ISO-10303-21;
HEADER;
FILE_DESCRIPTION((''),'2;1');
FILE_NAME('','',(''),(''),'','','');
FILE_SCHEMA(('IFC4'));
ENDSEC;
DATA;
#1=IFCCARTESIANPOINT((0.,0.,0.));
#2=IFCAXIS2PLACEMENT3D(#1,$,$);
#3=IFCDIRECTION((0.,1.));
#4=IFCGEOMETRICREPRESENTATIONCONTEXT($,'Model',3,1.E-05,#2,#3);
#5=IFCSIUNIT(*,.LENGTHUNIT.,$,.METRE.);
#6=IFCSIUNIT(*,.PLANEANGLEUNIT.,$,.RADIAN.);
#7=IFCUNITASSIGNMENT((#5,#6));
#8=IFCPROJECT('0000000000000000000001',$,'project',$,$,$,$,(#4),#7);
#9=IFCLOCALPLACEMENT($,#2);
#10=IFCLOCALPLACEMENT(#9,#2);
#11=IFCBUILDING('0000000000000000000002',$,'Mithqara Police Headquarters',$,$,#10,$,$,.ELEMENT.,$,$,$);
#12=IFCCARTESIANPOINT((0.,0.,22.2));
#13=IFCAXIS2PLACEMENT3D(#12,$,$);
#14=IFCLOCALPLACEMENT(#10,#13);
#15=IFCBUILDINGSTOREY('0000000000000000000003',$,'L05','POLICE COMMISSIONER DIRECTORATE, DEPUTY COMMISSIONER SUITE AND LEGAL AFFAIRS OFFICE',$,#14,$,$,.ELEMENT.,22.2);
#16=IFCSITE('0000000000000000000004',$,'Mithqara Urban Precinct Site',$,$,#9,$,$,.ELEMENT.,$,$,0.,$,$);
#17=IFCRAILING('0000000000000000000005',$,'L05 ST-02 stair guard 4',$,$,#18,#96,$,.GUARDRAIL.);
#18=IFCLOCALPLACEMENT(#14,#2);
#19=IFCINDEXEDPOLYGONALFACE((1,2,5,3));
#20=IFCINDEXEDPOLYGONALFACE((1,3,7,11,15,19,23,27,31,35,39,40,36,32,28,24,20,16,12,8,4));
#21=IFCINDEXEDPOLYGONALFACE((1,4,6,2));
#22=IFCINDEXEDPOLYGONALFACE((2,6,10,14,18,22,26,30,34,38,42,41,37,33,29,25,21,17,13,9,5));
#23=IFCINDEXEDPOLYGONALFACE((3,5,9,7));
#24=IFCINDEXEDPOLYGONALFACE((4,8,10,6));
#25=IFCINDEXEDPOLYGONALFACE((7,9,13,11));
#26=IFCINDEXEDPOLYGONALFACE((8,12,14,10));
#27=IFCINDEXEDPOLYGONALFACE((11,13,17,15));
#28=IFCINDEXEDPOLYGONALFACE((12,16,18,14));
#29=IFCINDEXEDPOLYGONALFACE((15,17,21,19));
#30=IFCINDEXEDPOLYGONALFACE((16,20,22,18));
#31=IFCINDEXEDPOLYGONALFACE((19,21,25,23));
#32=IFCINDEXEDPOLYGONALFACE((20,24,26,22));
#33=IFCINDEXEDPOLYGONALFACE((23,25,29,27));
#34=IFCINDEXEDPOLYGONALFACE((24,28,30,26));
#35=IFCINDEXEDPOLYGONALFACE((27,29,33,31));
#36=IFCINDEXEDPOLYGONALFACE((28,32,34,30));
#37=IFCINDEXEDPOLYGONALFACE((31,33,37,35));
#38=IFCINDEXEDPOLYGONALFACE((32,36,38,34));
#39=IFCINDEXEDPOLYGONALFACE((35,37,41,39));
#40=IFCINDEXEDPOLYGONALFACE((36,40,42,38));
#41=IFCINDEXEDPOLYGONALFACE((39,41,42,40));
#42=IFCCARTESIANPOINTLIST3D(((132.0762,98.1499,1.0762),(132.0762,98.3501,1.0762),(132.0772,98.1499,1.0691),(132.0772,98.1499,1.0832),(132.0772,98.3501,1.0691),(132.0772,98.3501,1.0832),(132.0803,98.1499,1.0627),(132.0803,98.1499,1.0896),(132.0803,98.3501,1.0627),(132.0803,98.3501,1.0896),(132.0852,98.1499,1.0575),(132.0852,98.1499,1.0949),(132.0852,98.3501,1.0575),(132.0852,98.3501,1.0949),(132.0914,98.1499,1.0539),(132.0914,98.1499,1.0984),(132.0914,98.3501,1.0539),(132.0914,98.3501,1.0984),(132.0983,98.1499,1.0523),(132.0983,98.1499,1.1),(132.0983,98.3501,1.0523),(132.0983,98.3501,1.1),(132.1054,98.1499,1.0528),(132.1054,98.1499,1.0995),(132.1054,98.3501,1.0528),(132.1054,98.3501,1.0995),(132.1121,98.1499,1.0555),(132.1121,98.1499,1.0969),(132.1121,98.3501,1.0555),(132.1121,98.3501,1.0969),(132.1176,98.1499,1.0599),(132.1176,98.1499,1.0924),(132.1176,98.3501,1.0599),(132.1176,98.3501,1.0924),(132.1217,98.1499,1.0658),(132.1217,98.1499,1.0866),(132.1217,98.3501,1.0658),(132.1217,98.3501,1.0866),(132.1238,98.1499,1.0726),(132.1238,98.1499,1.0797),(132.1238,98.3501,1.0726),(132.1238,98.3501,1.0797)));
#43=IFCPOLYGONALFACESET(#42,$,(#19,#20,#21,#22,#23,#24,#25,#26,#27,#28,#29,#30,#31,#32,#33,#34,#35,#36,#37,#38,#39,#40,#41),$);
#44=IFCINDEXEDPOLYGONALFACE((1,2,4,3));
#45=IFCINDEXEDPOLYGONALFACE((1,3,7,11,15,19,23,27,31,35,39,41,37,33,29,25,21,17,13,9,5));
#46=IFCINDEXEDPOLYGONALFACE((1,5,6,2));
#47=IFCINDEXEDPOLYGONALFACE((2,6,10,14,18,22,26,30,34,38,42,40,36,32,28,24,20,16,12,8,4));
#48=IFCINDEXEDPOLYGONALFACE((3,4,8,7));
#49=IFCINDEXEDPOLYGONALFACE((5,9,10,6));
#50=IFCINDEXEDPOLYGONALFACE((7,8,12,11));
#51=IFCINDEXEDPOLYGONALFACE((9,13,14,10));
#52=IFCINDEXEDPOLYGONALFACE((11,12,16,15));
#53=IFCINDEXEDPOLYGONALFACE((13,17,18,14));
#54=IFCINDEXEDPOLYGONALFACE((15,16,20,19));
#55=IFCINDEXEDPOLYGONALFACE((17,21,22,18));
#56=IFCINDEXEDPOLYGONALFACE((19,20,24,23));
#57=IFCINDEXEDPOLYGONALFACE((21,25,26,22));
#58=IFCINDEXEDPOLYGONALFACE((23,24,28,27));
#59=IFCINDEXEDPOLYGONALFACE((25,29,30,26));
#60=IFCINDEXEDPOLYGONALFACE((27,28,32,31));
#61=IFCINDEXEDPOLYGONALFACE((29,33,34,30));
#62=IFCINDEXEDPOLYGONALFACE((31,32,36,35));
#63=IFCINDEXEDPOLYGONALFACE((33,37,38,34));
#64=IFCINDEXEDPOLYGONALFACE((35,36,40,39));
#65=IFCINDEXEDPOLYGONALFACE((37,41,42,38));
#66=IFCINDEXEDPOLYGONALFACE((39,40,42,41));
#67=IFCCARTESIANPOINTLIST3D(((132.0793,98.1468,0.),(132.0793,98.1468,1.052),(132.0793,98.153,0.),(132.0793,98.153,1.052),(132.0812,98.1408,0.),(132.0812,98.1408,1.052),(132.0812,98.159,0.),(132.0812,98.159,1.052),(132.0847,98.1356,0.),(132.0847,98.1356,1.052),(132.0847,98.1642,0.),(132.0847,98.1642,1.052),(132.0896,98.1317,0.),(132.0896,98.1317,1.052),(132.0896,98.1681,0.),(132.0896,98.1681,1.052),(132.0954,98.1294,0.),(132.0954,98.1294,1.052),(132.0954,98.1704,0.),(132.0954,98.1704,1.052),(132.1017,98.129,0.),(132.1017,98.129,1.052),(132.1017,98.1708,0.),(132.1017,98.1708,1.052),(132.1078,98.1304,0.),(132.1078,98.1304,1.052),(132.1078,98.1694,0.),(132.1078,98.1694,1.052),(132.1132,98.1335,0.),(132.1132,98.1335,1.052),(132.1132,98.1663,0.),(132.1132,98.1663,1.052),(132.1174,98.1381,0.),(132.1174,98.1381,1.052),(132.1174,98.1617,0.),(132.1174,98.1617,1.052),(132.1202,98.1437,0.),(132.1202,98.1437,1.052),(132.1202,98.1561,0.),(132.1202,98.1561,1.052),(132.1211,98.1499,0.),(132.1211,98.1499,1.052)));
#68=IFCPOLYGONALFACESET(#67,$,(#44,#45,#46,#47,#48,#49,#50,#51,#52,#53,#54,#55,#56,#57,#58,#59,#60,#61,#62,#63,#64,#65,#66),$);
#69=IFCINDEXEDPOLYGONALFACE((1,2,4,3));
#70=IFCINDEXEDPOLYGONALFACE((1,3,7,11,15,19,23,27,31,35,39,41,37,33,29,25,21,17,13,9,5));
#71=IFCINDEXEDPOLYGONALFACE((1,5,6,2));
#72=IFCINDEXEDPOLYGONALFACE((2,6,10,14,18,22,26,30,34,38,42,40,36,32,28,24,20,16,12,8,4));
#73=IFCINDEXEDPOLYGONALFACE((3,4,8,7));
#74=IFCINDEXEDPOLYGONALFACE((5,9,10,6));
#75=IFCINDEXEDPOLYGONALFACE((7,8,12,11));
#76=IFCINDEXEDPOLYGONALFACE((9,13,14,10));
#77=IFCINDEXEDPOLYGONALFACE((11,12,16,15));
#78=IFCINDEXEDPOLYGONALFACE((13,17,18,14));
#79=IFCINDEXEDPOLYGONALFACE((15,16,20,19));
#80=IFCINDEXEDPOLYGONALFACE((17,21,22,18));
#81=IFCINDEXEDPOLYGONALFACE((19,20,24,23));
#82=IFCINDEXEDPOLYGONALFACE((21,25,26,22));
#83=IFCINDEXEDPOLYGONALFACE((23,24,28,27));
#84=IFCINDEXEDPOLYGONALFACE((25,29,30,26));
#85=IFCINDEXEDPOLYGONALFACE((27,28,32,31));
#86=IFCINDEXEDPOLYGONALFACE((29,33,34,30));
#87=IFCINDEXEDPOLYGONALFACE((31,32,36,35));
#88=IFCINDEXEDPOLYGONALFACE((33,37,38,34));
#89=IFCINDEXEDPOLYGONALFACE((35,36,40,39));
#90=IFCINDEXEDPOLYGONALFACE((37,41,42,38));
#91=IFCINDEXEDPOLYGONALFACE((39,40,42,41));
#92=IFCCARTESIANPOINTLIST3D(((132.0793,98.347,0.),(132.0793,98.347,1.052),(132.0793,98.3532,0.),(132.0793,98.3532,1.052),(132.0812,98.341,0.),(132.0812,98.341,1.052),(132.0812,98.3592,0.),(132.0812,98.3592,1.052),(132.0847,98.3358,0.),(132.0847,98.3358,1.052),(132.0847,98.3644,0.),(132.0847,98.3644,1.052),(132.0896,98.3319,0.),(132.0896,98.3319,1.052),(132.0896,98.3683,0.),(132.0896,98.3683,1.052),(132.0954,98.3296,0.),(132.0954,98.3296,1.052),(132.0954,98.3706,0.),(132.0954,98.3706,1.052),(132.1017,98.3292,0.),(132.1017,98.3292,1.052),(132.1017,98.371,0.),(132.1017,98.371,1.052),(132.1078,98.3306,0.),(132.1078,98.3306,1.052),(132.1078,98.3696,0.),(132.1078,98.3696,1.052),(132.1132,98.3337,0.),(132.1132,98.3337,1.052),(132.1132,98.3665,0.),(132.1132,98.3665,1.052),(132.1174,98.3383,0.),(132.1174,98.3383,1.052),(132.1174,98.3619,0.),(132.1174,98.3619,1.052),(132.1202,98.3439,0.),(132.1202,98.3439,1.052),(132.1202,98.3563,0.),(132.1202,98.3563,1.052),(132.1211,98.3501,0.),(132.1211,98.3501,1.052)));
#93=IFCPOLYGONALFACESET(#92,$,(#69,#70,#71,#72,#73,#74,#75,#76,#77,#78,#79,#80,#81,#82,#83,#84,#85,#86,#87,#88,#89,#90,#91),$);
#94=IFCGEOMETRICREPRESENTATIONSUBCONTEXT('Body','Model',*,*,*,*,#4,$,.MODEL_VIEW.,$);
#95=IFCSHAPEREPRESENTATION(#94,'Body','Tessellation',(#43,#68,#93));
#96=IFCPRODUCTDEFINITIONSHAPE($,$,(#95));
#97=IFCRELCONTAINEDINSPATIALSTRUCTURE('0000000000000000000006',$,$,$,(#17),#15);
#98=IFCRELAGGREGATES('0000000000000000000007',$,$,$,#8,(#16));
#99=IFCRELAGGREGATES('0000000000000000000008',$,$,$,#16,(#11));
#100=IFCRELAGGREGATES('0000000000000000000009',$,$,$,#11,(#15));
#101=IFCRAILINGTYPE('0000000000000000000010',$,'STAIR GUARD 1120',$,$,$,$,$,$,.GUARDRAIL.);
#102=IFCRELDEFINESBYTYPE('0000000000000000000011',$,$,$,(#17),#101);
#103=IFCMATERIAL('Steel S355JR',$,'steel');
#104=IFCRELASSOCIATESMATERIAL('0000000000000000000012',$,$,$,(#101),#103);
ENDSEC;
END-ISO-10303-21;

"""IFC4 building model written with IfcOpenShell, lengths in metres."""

from ifc_helpers import new_model, si_unit, direction, frame, origin, origin_2d, place, context, subcontext, project, spatial, circle, extrude, material, type_object, element, save


model = new_model("IFC4")

# Units and contexts
model_context = context("Model", 3, precision=1e-05, world=origin(), true_north=direction((0.0, 1.0)))
body_context = subcontext(model_context, "Body", "Model", "MODEL_VIEW")
ifc_project = project(units=[si_unit("LENGTHUNIT", "METRE"), si_unit("PLANEANGLEUNIT", "RADIAN")], contexts=[model_context])

# Site, building, storey
site_placement = place(None, origin())
site = spatial("IfcSite", under=ifc_project, at=site_placement, Name="Mithqara Urban Precinct Site", CompositionType="ELEMENT", RefElevation=0.0)
building_placement = place(site_placement, origin())
building = spatial("IfcBuilding", under=site, at=building_placement, Name="Mithqara Police Headquarters", CompositionType="ELEMENT")
storey_placement = place(building_placement, frame((0.0, 0.0, 22.2)))
storey = spatial("IfcBuildingStorey", under=building, at=storey_placement, Name="L05", Description="POLICE COMMISSIONER DIRECTORATE, DEPUTY COMMISSIONER SUITE AND LEGAL AFFAIRS OFFICE", CompositionType="ELEMENT", Elevation=22.2)

# Shared definitions
ifc_material_1 = material(Name="Steel S355JR", Category="steel")

# Railing
railing_type_1 = type_object("IfcRailingType", Name="STAIR GUARD 1120", PredefinedType="GUARDRAIL", material=ifc_material_1)
railing_1_placement = place(storey_placement, frame((132.1001, 98.1499, 0.0)))
element("IfcRailing", 1, at=railing_1_placement, inside=storey, type_object=railing_type_1, Name="L05 ST-02 stair guard 4", PredefinedType="GUARDRAIL", context=body_context, shape_type="SweptSolid", body=[
    extrude(circle(Radius=0.0239, at=origin_2d()), frame((0.0, 0.0, 1.0762), z_axis=(0.0, 1.0, 0.0), x_axis=(-1.0, 0.0, 0.0)), (0.0, 0.0, 1.0), 0.2002),
    extrude(circle(Radius=0.021, at=origin_2d()), origin(), (0.0, 0.0, 1.0), 1.052),
    extrude(circle(Radius=0.021, at=origin_2d()), frame((0.0, 0.2002, 0.0)), (0.0, 0.0, 1.0), 1.052),
])

save(model, "model.ifc")
